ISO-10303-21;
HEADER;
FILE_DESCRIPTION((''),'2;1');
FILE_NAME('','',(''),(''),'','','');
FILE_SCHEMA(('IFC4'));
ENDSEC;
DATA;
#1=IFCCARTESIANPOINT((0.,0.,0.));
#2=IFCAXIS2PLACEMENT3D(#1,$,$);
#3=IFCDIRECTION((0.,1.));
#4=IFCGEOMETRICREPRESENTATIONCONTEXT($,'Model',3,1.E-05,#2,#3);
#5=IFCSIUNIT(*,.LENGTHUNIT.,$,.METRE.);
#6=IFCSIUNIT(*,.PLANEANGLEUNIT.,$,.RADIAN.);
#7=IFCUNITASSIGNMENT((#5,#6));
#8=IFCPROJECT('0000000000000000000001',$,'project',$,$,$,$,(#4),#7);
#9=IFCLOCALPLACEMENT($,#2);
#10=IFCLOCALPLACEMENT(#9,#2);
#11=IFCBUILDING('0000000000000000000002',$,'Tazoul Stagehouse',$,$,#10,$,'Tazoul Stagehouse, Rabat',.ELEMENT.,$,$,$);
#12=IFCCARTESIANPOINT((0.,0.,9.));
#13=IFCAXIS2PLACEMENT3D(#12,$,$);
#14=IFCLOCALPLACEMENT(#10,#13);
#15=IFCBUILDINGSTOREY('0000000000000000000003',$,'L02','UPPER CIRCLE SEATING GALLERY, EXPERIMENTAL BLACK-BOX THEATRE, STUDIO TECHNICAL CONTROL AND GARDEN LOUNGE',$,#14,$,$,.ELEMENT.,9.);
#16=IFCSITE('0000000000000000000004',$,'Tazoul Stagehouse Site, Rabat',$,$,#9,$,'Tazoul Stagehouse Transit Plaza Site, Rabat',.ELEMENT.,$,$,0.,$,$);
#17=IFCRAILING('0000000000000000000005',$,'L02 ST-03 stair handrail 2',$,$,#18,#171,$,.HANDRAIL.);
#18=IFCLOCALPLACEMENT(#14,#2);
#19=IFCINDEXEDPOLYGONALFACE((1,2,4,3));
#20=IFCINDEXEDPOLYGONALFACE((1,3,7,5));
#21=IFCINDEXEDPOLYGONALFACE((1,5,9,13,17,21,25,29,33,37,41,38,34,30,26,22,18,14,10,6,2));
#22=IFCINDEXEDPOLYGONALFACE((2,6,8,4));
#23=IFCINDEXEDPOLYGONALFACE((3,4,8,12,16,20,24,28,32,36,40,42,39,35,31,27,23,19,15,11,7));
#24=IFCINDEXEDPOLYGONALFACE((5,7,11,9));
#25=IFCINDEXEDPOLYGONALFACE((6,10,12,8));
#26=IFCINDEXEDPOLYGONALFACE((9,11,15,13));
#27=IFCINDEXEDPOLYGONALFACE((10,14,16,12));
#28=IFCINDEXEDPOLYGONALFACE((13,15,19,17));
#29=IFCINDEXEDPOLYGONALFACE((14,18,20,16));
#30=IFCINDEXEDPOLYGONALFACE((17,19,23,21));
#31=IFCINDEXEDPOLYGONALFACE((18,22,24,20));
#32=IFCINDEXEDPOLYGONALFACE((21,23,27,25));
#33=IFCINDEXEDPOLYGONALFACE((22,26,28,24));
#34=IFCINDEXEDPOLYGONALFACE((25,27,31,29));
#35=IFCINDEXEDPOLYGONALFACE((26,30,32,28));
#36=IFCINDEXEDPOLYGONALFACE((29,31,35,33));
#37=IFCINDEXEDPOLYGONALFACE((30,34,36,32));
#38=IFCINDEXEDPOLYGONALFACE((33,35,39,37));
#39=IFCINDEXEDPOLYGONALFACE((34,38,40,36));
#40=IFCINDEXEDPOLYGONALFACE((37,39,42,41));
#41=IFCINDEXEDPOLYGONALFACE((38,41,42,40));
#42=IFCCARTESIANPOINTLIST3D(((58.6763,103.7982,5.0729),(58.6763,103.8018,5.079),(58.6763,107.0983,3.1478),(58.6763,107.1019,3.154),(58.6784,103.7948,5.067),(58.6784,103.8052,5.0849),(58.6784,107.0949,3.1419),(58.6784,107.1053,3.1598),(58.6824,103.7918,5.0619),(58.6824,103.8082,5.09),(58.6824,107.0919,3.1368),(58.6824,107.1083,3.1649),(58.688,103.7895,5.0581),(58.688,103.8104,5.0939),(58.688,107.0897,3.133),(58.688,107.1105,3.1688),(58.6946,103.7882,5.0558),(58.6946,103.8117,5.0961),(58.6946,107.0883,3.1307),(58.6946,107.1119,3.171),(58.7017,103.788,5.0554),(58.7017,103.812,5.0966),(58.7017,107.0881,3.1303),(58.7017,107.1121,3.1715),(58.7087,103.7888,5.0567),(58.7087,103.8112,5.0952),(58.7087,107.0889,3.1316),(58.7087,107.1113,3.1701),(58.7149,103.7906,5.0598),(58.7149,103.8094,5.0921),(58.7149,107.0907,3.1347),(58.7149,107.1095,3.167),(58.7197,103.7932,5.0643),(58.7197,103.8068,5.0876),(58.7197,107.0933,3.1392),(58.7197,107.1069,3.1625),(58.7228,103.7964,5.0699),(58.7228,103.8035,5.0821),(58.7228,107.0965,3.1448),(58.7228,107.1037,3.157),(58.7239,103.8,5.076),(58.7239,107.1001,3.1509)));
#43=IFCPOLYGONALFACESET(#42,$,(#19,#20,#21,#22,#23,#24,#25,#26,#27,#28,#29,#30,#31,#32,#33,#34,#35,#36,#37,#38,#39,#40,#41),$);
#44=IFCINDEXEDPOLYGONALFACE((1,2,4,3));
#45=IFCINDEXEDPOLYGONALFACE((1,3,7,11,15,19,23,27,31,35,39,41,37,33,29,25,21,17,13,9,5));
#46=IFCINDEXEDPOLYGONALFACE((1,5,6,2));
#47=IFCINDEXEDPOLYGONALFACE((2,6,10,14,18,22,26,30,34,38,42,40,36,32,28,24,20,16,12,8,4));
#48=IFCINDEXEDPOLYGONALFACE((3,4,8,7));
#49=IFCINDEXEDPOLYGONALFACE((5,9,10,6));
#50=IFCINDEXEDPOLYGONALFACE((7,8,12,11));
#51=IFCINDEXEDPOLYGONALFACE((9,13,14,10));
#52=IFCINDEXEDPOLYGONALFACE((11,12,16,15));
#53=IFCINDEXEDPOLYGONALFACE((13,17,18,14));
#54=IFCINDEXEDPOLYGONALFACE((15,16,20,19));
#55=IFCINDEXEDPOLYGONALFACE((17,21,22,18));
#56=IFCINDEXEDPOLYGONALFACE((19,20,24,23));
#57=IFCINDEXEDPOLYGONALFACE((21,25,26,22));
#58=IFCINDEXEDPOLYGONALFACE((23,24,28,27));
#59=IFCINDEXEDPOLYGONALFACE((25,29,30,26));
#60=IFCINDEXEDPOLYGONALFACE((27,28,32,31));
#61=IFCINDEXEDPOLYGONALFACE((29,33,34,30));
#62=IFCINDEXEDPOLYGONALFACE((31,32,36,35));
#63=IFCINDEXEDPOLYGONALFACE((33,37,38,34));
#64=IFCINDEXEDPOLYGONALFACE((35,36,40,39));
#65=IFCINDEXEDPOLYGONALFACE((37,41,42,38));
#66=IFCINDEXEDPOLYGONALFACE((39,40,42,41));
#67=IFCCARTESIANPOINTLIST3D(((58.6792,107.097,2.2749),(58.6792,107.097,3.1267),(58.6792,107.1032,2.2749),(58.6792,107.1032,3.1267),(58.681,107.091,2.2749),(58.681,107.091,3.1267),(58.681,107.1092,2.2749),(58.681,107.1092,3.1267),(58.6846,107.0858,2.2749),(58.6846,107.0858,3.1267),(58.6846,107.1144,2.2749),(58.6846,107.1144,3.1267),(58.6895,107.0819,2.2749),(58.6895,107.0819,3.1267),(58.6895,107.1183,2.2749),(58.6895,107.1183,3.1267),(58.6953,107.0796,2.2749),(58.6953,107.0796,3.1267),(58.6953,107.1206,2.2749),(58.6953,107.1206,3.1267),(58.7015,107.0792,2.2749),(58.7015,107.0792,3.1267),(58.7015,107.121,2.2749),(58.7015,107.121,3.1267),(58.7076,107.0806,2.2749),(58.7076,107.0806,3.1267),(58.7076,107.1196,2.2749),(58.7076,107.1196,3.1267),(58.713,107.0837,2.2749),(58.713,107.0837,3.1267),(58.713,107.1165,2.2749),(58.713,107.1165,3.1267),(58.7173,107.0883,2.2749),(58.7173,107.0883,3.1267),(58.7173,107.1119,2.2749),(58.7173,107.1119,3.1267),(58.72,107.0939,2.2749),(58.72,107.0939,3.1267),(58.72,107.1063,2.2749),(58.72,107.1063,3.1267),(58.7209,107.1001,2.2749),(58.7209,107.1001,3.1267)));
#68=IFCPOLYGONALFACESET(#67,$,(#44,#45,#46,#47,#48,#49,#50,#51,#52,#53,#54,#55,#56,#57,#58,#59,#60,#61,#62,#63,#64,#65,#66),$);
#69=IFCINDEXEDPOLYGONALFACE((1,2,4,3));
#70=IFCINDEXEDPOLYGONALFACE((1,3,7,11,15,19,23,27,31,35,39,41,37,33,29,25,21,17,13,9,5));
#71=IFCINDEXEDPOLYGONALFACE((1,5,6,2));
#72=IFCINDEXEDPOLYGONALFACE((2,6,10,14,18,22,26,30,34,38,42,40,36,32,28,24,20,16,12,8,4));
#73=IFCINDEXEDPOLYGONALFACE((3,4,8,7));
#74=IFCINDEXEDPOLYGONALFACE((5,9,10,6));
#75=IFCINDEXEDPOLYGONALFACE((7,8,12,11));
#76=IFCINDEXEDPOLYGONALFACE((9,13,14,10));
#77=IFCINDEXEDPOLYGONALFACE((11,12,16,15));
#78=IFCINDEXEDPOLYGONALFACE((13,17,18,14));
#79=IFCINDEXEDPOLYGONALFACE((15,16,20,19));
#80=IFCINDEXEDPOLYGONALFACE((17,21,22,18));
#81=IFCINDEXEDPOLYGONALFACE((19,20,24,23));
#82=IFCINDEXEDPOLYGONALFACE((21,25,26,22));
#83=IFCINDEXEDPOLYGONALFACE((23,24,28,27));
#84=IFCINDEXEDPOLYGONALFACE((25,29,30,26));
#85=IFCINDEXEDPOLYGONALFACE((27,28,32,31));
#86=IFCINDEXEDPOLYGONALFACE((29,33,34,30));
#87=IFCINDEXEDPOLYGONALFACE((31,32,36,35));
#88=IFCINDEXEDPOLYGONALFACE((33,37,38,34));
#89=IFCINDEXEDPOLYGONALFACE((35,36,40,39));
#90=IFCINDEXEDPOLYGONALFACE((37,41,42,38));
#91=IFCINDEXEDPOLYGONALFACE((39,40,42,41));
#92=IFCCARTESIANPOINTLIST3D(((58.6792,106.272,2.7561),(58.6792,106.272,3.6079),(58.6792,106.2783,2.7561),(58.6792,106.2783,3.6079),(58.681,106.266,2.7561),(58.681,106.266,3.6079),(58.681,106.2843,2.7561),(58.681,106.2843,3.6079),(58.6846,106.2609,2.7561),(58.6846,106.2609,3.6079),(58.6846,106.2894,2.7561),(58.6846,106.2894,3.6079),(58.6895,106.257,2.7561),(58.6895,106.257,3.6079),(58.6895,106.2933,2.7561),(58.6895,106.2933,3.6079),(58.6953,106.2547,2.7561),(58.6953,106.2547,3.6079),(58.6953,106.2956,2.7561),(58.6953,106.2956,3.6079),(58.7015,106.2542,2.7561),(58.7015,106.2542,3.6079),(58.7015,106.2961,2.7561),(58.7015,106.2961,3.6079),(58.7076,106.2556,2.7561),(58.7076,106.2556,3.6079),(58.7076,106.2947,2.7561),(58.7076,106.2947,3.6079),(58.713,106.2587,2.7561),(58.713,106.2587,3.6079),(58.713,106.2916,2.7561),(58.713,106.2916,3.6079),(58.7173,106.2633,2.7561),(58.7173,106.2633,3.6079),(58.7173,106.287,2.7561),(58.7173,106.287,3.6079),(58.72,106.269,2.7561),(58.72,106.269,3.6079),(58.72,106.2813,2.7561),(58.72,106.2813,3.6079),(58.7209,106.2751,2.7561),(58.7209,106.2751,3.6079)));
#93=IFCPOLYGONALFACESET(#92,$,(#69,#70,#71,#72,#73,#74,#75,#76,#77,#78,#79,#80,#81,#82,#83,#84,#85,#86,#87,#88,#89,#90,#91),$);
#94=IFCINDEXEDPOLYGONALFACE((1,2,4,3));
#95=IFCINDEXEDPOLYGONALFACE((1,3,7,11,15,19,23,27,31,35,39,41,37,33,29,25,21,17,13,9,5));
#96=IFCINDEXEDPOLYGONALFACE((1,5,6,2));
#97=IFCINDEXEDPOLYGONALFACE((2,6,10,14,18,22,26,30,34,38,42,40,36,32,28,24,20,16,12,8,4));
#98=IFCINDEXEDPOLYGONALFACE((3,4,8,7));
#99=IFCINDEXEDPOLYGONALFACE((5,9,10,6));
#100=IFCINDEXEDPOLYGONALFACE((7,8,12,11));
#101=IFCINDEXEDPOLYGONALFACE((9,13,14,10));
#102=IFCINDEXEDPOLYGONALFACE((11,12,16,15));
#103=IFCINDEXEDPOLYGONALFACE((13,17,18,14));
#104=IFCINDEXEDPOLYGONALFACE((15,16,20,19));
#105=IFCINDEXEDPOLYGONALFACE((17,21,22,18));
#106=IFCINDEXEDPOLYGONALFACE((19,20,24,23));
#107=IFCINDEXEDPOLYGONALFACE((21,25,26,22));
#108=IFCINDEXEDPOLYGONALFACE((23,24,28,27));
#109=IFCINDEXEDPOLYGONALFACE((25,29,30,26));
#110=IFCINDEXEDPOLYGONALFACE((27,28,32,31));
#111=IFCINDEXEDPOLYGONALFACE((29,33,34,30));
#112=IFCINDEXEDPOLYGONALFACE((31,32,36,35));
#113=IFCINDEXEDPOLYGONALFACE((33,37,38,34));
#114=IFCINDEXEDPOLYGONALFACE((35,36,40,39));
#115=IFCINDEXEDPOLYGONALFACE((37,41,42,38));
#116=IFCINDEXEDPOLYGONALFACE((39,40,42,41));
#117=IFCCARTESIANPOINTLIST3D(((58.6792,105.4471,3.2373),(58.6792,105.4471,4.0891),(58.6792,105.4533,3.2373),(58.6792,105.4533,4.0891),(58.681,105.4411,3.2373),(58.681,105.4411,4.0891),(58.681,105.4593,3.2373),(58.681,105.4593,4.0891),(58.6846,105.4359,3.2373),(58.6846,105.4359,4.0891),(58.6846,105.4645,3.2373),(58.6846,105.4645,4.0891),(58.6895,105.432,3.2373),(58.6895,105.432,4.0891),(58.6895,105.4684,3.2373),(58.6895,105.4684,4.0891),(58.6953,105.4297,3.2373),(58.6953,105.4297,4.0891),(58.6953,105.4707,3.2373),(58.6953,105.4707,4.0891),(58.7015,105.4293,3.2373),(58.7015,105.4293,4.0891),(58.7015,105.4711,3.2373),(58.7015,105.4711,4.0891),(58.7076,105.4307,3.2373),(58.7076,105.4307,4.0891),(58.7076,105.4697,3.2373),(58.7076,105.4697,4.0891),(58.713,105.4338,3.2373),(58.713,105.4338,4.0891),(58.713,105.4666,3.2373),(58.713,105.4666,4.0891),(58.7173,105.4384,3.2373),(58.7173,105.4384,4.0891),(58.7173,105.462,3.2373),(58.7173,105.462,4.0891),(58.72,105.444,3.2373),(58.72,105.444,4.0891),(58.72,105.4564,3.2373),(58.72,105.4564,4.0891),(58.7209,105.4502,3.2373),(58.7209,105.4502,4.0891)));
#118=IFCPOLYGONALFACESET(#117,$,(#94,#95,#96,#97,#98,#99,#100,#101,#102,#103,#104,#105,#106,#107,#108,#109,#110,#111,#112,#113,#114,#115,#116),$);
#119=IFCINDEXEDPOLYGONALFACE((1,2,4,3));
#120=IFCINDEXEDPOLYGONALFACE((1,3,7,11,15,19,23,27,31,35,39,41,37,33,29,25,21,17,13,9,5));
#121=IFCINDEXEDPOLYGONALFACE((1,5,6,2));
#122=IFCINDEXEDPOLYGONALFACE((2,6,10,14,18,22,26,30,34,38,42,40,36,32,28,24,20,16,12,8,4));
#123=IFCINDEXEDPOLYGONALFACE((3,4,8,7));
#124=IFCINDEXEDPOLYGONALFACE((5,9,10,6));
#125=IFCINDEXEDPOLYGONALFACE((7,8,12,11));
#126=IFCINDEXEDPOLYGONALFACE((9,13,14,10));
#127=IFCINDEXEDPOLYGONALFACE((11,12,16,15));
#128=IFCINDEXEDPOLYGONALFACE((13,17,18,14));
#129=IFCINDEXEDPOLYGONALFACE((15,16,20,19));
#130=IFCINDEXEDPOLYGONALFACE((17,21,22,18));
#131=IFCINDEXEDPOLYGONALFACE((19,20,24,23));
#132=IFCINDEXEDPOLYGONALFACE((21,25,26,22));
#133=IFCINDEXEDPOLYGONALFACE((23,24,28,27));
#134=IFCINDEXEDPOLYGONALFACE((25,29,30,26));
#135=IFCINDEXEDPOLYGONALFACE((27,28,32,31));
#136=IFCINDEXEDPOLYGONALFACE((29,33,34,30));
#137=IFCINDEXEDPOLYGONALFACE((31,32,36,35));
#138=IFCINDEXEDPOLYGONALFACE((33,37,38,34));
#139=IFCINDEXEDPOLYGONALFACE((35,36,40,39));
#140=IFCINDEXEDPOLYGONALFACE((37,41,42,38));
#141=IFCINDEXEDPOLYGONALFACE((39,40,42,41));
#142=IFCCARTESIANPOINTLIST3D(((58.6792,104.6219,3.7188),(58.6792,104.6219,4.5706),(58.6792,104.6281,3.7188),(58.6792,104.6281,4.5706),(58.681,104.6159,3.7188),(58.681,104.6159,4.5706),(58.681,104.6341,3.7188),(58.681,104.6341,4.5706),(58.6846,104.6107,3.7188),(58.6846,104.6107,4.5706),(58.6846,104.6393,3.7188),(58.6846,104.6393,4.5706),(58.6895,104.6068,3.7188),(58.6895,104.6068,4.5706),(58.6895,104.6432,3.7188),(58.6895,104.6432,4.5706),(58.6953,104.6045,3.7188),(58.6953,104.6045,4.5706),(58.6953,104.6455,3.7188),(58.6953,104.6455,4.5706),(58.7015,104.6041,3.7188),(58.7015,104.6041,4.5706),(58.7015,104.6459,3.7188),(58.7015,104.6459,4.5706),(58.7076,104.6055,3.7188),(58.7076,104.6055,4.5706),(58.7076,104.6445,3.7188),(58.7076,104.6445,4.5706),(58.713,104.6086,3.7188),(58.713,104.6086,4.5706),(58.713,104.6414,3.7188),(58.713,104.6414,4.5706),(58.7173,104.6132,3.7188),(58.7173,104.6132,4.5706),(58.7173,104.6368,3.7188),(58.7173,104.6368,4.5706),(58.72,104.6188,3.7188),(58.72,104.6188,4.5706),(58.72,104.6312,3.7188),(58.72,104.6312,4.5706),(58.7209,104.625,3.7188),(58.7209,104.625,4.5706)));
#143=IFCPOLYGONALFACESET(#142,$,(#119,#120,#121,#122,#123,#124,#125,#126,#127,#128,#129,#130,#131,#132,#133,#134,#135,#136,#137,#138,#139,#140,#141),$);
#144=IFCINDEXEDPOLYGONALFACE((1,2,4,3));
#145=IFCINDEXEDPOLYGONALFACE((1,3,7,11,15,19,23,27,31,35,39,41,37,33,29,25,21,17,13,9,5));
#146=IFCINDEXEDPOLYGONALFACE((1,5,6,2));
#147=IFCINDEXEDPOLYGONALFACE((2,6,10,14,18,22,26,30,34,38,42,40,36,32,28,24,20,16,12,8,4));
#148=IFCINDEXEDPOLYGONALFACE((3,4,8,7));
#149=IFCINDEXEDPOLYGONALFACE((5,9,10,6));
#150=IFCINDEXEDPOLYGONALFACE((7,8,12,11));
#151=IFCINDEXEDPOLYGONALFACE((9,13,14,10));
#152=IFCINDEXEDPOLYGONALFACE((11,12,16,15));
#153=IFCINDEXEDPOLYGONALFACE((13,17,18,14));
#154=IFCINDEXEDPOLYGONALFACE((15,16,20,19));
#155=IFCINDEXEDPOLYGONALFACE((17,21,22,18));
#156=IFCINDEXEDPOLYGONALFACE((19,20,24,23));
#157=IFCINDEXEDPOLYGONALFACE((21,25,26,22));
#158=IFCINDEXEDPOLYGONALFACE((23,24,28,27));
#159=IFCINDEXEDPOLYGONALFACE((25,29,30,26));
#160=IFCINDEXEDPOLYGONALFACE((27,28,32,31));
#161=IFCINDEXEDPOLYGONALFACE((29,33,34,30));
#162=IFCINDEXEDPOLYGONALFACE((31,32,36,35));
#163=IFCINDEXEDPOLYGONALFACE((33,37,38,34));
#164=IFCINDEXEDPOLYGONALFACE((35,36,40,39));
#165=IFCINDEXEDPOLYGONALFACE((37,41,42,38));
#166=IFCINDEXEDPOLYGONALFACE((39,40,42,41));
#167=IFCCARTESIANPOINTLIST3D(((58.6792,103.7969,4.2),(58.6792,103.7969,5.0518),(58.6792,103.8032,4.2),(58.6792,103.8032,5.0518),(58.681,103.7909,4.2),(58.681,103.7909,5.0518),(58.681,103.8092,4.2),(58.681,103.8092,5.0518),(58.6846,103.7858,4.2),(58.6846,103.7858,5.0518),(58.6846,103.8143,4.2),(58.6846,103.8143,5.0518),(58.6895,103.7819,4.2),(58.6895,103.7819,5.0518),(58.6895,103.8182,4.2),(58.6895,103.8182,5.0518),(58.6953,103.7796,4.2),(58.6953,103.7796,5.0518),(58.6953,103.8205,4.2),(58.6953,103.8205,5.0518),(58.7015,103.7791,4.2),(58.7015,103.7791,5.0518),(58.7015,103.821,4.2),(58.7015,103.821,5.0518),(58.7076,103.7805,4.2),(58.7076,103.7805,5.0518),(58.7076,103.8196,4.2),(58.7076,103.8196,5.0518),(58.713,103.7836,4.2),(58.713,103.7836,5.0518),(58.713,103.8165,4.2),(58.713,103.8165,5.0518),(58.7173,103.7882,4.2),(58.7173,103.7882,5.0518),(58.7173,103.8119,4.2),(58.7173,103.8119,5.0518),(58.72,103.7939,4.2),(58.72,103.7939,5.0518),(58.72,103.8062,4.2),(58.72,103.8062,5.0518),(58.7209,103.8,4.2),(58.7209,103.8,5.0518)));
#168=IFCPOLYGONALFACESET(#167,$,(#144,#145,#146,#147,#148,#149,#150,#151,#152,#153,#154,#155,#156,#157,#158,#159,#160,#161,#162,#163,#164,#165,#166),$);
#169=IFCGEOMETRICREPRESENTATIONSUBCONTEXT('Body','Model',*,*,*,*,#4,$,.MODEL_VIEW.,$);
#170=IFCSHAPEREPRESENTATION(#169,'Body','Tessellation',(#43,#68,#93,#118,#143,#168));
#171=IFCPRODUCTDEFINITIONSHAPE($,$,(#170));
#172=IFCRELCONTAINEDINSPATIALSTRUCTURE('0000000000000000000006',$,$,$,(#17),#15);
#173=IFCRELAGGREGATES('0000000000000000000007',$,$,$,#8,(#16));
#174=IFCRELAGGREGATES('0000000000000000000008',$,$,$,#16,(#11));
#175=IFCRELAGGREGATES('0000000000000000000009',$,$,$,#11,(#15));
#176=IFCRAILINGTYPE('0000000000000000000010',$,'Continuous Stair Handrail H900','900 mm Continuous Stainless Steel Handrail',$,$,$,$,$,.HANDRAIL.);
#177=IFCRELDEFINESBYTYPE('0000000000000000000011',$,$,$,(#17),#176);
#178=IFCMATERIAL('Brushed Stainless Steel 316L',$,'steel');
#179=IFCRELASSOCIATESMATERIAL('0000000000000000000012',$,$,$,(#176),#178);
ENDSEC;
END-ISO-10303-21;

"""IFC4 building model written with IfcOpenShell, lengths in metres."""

from ifc_helpers import new_model, si_unit, direction, frame, origin, origin_2d, place, context, subcontext, project, spatial, circle, extrude, material, material_profile, profile_set, type_object, element, save


model = new_model("IFC4")

# Units and contexts
model_context = context("Model", 3, precision=1e-05, world=origin(), true_north=direction((0.0, 1.0)))
body_context = subcontext(model_context, "Body", "Model", "MODEL_VIEW")
ifc_project = project(units=[si_unit("LENGTHUNIT", "METRE"), si_unit("PLANEANGLEUNIT", "RADIAN")], contexts=[model_context])

# Site, building, storey
site_placement = place(None, origin())
site = spatial("IfcSite", under=ifc_project, at=site_placement, Name="Tazoul Stagehouse Site, Rabat", LongName="Tazoul Stagehouse Transit Plaza Site, Rabat", CompositionType="ELEMENT", RefElevation=0.0)
building_placement = place(site_placement, origin())
building = spatial("IfcBuilding", under=site, at=building_placement, Name="Tazoul Stagehouse", LongName="Tazoul Stagehouse, Rabat", CompositionType="ELEMENT")
storey_placement = place(building_placement, frame((0.0, 0.0, 9.0)))
storey = spatial("IfcBuildingStorey", under=building, at=storey_placement, Name="L02", Description="UPPER CIRCLE SEATING GALLERY, EXPERIMENTAL BLACK-BOX THEATRE, STUDIO TECHNICAL CONTROL AND GARDEN LOUNGE", CompositionType="ELEMENT", Elevation=9.0)

# Railing
ifc_material_1 = material(Name="Brushed Stainless Steel 316L", Category="steel")
ifc_material_profile_1 = material_profile(ifc_material_1, circle(Radius=0.021, at=origin_2d()), Name="SS HANDRAIL D42")
ifc_profile_set_1 = profile_set([ifc_material_profile_1], Name="Brushed Stainless Steel 316L")
railing_type_1 = type_object("IfcRailingType", Name="Continuous Stair Handrail H900", Description="900 mm Continuous Stainless Steel Handrail", PredefinedType="HANDRAIL", material=ifc_profile_set_1)
railing_1_placement = place(storey_placement, frame((58.7, 107.1001, 2.2749)))
element("IfcRailing", 1, at=railing_1_placement, inside=storey, type_object=railing_type_1, Name="L02 ST-03 stair handrail 2", PredefinedType="HANDRAIL", context=body_context, shape_type="SweptSolid", body=[
    extrude(circle(Radius=0.0239, at=origin_2d()), frame((0.0, 0.0, 0.876), z_axis=(0.0, -0.863777, 0.503875), x_axis=(1.0, 0.0, 0.0)), (0.0, 0.0, 1.0), 3.8206),
    extrude(circle(Radius=0.021, at=origin_2d()), origin(), (0.0, 0.0, 1.0), 0.8518),
    extrude(circle(Radius=0.021, at=origin_2d()), frame((0.0, -0.825, 0.4812)), (0.0, 0.0, 1.0), 0.8518),
    extrude(circle(Radius=0.021, at=origin_2d()), frame((0.0, -1.6499, 0.9624)), (0.0, 0.0, 1.0), 0.8518),
    extrude(circle(Radius=0.021, at=origin_2d()), frame((0.0, -2.4751, 1.4438)), (0.0, 0.0, 1.0), 0.8518),
    extrude(circle(Radius=0.021, at=origin_2d()), frame((0.0, -3.3, 1.925)), (0.0, 0.0, 1.0), 0.8518),
])

save(model, "model.ifc")
